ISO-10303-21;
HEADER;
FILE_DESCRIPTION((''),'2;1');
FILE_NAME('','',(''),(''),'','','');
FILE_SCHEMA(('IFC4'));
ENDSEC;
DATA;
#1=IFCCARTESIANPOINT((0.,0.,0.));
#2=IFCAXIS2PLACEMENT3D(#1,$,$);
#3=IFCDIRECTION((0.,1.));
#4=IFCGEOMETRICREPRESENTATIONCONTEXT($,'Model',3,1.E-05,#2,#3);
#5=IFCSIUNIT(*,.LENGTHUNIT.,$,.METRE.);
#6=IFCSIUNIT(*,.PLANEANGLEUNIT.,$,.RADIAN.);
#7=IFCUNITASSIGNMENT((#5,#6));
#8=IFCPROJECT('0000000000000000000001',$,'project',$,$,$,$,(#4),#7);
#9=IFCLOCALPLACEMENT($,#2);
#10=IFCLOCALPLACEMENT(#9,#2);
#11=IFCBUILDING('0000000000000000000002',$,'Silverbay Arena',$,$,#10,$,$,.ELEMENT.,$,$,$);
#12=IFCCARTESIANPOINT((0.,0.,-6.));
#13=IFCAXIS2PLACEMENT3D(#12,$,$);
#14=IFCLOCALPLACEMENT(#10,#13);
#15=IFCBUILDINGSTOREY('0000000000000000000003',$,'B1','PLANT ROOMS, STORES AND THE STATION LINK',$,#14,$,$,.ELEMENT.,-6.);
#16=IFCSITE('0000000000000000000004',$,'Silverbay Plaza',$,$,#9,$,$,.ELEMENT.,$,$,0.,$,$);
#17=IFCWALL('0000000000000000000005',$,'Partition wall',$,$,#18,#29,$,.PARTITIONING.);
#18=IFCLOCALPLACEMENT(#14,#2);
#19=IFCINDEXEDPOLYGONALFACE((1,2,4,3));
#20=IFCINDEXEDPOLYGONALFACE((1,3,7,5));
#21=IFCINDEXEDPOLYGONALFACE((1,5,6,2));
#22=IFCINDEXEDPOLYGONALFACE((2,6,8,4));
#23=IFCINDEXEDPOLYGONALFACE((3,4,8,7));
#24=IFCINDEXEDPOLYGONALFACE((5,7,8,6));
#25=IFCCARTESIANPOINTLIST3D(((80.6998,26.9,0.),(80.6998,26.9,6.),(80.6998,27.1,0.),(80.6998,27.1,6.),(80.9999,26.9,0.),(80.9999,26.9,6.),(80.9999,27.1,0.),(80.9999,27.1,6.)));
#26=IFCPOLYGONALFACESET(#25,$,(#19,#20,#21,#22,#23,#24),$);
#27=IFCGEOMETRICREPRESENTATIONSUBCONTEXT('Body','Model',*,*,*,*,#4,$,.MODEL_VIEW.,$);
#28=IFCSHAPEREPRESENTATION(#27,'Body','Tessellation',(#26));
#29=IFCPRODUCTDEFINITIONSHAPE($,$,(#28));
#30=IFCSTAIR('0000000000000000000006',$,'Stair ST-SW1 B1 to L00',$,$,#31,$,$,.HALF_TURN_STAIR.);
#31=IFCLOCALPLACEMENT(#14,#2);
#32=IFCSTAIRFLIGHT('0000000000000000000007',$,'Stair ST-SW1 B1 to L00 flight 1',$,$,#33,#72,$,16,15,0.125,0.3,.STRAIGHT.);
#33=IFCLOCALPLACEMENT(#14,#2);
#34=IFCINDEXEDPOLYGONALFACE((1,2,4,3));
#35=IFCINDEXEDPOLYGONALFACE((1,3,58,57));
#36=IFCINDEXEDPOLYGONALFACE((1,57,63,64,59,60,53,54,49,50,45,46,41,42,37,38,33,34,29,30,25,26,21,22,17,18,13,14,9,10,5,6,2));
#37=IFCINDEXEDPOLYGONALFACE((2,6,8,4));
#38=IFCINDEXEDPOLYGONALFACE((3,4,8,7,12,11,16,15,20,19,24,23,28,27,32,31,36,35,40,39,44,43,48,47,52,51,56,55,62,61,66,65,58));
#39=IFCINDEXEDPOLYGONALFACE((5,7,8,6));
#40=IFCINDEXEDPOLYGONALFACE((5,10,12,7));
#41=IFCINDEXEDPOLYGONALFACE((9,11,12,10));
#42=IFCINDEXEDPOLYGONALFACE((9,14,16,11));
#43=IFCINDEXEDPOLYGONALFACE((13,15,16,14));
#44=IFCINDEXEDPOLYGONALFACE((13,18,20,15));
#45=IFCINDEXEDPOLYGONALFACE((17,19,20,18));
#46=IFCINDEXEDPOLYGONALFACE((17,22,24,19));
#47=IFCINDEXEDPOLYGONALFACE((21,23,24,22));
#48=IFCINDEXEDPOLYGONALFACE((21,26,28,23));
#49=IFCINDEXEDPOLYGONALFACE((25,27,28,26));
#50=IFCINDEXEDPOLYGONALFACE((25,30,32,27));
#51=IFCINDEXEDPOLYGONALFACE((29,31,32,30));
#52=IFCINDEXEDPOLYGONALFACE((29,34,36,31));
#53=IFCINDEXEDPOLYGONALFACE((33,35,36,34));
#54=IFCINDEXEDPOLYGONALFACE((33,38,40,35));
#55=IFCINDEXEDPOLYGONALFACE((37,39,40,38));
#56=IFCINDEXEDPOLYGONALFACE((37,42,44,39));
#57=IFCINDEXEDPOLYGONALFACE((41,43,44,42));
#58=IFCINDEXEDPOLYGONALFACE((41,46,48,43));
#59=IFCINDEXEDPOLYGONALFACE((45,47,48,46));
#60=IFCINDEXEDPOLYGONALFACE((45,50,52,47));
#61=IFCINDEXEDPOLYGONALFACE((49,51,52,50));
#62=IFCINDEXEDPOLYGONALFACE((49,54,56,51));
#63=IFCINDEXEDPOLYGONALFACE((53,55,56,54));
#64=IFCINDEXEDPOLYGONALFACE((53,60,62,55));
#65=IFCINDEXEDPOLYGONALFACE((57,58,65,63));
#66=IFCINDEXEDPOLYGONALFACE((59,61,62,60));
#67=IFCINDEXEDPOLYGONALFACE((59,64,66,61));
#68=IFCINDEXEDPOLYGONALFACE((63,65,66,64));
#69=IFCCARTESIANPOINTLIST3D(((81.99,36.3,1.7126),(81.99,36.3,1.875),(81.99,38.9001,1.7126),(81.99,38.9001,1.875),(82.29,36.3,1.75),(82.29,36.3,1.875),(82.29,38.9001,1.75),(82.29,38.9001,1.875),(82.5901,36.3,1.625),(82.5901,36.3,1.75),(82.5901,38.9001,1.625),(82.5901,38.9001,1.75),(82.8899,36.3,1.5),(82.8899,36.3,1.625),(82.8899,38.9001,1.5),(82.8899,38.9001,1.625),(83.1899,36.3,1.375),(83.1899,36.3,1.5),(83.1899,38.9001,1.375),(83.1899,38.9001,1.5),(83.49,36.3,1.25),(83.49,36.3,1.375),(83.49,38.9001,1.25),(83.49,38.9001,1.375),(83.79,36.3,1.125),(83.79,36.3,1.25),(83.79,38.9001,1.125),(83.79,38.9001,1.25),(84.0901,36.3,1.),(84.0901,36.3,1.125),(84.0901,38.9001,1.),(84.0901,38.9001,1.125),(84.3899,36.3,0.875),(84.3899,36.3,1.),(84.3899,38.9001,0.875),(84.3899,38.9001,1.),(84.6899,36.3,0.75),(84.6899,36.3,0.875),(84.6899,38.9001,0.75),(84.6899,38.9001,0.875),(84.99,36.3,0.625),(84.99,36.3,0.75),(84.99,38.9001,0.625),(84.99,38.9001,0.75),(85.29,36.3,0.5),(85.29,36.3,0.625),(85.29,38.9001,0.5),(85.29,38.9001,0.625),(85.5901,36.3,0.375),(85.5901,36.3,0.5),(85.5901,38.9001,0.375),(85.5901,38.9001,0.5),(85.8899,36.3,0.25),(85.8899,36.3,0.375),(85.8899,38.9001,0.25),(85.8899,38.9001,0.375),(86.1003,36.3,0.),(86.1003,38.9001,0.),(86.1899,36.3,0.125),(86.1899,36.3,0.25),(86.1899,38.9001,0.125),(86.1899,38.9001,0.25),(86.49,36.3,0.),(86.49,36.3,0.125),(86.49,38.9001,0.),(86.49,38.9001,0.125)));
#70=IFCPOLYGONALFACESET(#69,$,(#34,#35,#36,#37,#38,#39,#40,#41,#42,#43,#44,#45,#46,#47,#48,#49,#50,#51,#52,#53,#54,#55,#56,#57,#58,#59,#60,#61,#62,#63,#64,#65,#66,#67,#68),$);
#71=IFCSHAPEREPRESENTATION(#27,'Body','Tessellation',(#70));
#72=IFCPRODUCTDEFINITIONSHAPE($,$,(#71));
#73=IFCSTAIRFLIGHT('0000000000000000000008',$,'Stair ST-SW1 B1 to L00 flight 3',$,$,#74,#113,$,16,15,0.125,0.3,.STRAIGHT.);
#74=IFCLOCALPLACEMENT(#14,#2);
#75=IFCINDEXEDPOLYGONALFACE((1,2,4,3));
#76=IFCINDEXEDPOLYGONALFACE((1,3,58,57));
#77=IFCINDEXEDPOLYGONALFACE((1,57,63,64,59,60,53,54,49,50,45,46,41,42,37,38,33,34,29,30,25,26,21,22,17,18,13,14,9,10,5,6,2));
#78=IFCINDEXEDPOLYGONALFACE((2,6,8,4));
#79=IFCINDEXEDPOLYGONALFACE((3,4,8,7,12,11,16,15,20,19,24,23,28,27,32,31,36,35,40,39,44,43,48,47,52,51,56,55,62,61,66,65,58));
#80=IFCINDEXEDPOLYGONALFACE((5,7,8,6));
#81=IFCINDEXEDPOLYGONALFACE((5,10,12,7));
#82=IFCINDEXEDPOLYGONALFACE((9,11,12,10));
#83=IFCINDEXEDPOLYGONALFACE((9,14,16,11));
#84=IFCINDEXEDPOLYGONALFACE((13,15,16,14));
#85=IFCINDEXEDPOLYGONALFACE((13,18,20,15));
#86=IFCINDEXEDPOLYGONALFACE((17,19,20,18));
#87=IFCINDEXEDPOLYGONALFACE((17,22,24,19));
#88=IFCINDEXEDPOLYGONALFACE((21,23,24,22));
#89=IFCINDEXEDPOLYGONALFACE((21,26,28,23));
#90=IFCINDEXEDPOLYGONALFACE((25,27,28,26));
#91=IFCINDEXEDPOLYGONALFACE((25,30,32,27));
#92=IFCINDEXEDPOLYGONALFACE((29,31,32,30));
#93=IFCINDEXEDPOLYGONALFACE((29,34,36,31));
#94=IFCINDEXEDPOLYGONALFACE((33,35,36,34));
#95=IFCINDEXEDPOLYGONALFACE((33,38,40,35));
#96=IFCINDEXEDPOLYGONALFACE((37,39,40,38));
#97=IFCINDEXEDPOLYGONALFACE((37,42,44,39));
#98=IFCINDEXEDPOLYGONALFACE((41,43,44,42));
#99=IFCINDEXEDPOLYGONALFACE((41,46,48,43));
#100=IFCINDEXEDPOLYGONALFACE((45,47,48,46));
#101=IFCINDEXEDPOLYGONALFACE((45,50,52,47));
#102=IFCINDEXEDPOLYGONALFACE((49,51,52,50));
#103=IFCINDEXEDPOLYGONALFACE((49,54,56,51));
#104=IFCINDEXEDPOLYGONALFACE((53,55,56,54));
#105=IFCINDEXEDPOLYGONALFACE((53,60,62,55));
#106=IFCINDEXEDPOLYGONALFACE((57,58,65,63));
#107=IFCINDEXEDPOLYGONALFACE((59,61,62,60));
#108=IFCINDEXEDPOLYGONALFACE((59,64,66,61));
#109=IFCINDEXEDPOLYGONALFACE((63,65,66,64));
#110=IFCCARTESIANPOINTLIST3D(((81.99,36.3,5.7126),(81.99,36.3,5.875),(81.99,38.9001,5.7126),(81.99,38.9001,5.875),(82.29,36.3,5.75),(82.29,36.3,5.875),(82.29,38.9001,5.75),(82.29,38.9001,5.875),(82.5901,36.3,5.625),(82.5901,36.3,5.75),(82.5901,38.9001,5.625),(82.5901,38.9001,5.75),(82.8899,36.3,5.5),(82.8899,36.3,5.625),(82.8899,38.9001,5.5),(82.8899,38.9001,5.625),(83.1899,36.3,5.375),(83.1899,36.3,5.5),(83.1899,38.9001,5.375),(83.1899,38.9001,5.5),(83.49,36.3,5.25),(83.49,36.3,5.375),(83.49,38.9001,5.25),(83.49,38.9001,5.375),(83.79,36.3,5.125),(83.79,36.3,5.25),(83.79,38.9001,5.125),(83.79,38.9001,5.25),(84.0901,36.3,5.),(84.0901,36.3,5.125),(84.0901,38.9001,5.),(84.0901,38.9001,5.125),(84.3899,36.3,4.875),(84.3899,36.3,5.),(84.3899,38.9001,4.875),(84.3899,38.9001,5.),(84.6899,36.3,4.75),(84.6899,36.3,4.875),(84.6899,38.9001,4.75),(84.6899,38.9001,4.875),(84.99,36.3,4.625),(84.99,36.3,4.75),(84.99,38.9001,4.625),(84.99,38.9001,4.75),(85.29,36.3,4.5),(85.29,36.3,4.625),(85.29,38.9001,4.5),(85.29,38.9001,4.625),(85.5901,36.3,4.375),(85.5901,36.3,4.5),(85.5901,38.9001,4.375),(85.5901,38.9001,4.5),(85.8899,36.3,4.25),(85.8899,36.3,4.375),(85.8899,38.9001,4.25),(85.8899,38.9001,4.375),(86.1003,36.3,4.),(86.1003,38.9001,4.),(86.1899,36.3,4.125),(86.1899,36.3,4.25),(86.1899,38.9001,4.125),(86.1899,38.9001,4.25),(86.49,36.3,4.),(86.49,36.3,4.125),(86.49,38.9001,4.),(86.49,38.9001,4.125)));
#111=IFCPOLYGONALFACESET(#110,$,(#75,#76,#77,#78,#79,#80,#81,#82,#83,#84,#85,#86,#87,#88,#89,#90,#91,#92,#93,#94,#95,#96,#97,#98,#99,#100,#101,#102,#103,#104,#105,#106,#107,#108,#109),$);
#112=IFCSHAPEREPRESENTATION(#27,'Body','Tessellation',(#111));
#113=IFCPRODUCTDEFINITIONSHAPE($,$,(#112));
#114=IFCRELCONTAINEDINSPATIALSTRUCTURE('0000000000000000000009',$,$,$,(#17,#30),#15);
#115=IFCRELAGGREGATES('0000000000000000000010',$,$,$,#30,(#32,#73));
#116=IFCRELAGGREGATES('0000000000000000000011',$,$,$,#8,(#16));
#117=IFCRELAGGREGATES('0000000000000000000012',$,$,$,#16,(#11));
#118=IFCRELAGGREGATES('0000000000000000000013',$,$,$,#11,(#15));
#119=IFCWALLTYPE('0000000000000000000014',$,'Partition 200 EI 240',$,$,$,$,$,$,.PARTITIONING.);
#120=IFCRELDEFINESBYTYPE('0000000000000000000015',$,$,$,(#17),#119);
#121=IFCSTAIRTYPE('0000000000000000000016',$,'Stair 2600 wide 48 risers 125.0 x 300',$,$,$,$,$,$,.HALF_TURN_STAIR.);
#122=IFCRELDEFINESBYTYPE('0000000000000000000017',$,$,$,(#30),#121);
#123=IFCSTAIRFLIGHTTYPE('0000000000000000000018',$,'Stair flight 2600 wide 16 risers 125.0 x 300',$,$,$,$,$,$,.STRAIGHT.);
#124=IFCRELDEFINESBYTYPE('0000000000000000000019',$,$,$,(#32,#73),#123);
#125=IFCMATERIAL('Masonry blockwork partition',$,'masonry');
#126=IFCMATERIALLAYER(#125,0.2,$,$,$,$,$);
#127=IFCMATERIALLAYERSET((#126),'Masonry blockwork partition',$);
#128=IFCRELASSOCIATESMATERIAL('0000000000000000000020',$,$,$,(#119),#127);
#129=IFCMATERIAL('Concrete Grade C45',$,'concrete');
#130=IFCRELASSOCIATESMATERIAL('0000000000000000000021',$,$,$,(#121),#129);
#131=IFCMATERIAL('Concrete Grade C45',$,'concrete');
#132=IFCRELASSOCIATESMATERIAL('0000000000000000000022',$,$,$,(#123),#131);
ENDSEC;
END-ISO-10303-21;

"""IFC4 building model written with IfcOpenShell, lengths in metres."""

from ifc_helpers import new_model, si_unit, direction, frame, frame_2d, origin, place, context, subcontext, project, spatial, polyline, rectangle, outline, extrude, material, layer, layer_set, type_object, element, aggregate, save


model = new_model("IFC4")

# Units and contexts
model_context = context("Model", 3, precision=1e-05, world=origin(), true_north=direction((0.0, 1.0)))
body_context = subcontext(model_context, "Body", "Model", "MODEL_VIEW")
ifc_project = project(units=[si_unit("LENGTHUNIT", "METRE"), si_unit("PLANEANGLEUNIT", "RADIAN")], contexts=[model_context])

# Site, building, storey
site_placement = place(None, origin())
site = spatial("IfcSite", under=ifc_project, at=site_placement, Name="Silverbay Plaza", CompositionType="ELEMENT", RefElevation=0.0)
building_placement = place(site_placement, origin())
building = spatial("IfcBuilding", under=site, at=building_placement, Name="Silverbay Arena", CompositionType="ELEMENT")
storey_placement = place(building_placement, frame((0.0, 0.0, -6.0)))
storey = spatial("IfcBuildingStorey", under=building, at=storey_placement, Name="B1", Description="PLANT ROOMS, STORES AND THE STATION LINK", CompositionType="ELEMENT", Elevation=-6.0)

# Shared definitions
ifc_material_1 = material(Name="Masonry blockwork partition", Category="masonry")
ifc_layer_1 = layer(ifc_material_1, 0.2)
ifc_layer_set_1 = layer_set([ifc_layer_1], Name="Masonry blockwork partition")
wall_type_1 = type_object("IfcWallType", Name="Partition 200 EI 240", PredefinedType="PARTITIONING", material=ifc_layer_set_1)

# Wall
wall_1_placement = place(storey_placement, frame((80.7, 27.0, 0.0), z_axis=(0.0, 0.0, 1.0), x_axis=(1.0, 0.0, 0.0)))
element("IfcWall", 1, at=wall_1_placement, inside=storey, type_object=wall_type_1, Name="Partition wall", PredefinedType="PARTITIONING", context=body_context, shape_type="SweptSolid", body=[
    extrude(rectangle(XDim=0.3, YDim=0.2, at=frame_2d((0.1499, 0.0))), origin(), (0.0, 0.0, 1.0), 6.0),
])

# Stair, stair flights
ifc_material_2 = material(Name="Concrete Grade C45", Category="concrete")
stair_type = type_object("IfcStairType", Name="Stair 2600 wide 48 risers 125.0 x 300", PredefinedType="HALF_TURN_STAIR", material=ifc_material_2)
stair_placement = place(storey_placement, origin())
stair = element("IfcStair", 2, at=stair_placement, inside=storey, type_object=stair_type, Name="Stair ST-SW1 B1 to L00", PredefinedType="HALF_TURN_STAIR")
ifc_material_3 = material(Name="Concrete Grade C45", Category="concrete")
stair_flight_type = type_object("IfcStairFlightType", Name="Stair flight 2600 wide 16 risers 125.0 x 300", PredefinedType="STRAIGHT", material=ifc_material_3)
stair_flight_1_placement = place(storey_placement, frame((86.49, 37.6001, 0.0), z_axis=(0.0, 0.0, 1.0), x_axis=(-1.0, 0.0, 0.0)))
stair_flight_1 = element("IfcStairFlight", 3, at=stair_flight_1_placement, type_object=stair_flight_type, Name="Stair ST-SW1 B1 to L00 flight 1", NumberOfRisers=16, NumberOfTreads=15, PredefinedType="STRAIGHT", RiserHeight=0.125, TreadLength=0.3, context=body_context, shape_type="SweptSolid", body=[
    extrude(outline(polyline([(0.0, 0.0), (0.0, 0.125), (0.3, 0.125), (0.3, 0.25), (0.6001, 0.25), (0.6001, 0.375), (0.8999, 0.375), (0.8999, 0.5), (1.2, 0.5), (1.2, 0.625), (1.5, 0.625), (1.5, 0.75), (1.8, 0.75), (1.8, 0.875), (2.1001, 0.875), (2.1001, 1.0), (2.3999, 1.0), (2.3999, 1.125), (2.7, 1.125), (2.7, 1.25), (3.0, 1.25), (3.0, 1.375), (3.3, 1.375), (3.3, 1.5), (3.6001, 1.5), (3.6001, 1.625), (3.8999, 1.625), (3.8999, 1.75), (4.2, 1.75), (4.2, 1.875), (4.5, 1.875), (4.5, 1.7126), (0.3896, 0.0), (0.0, 0.0)])), frame((0.0, 1.3, 0.0), z_axis=(0.0, -1.0, 0.0), x_axis=(1.0, 0.0, 0.0)), (0.0, 0.0, 1.0), 2.6001),
])
stair_flight_2_placement = place(storey_placement, frame((86.49, 37.6001, 4.0), z_axis=(0.0, 0.0, 1.0), x_axis=(-1.0, 0.0, 0.0)))
stair_flight_2 = element("IfcStairFlight", 4, at=stair_flight_2_placement, type_object=stair_flight_type, Name="Stair ST-SW1 B1 to L00 flight 3", NumberOfRisers=16, NumberOfTreads=15, PredefinedType="STRAIGHT", RiserHeight=0.125, TreadLength=0.3, context=body_context, shape_type="SweptSolid", body=[
    extrude(outline(polyline([(0.0, 0.0), (0.0, 0.125), (0.3, 0.125), (0.3, 0.25), (0.6001, 0.25), (0.6001, 0.375), (0.8999, 0.375), (0.8999, 0.5), (1.2, 0.5), (1.2, 0.625), (1.5, 0.625), (1.5, 0.75), (1.8, 0.75), (1.8, 0.875), (2.1001, 0.875), (2.1001, 1.0), (2.3999, 1.0), (2.3999, 1.125), (2.7, 1.125), (2.7, 1.25), (3.0, 1.25), (3.0, 1.375), (3.3, 1.375), (3.3, 1.5), (3.6001, 1.5), (3.6001, 1.625), (3.8999, 1.625), (3.8999, 1.75), (4.2, 1.75), (4.2, 1.875), (4.5, 1.875), (4.5, 1.7126), (0.3896, 0.0), (0.0, 0.0)])), frame((0.0, 1.3, 0.0), z_axis=(0.0, -1.0, 0.0), x_axis=(1.0, 0.0, 0.0)), (0.0, 0.0, 1.0), 2.6001),
])
aggregate(stair, [stair_flight_1, stair_flight_2])

save(model, "model.ifc")
